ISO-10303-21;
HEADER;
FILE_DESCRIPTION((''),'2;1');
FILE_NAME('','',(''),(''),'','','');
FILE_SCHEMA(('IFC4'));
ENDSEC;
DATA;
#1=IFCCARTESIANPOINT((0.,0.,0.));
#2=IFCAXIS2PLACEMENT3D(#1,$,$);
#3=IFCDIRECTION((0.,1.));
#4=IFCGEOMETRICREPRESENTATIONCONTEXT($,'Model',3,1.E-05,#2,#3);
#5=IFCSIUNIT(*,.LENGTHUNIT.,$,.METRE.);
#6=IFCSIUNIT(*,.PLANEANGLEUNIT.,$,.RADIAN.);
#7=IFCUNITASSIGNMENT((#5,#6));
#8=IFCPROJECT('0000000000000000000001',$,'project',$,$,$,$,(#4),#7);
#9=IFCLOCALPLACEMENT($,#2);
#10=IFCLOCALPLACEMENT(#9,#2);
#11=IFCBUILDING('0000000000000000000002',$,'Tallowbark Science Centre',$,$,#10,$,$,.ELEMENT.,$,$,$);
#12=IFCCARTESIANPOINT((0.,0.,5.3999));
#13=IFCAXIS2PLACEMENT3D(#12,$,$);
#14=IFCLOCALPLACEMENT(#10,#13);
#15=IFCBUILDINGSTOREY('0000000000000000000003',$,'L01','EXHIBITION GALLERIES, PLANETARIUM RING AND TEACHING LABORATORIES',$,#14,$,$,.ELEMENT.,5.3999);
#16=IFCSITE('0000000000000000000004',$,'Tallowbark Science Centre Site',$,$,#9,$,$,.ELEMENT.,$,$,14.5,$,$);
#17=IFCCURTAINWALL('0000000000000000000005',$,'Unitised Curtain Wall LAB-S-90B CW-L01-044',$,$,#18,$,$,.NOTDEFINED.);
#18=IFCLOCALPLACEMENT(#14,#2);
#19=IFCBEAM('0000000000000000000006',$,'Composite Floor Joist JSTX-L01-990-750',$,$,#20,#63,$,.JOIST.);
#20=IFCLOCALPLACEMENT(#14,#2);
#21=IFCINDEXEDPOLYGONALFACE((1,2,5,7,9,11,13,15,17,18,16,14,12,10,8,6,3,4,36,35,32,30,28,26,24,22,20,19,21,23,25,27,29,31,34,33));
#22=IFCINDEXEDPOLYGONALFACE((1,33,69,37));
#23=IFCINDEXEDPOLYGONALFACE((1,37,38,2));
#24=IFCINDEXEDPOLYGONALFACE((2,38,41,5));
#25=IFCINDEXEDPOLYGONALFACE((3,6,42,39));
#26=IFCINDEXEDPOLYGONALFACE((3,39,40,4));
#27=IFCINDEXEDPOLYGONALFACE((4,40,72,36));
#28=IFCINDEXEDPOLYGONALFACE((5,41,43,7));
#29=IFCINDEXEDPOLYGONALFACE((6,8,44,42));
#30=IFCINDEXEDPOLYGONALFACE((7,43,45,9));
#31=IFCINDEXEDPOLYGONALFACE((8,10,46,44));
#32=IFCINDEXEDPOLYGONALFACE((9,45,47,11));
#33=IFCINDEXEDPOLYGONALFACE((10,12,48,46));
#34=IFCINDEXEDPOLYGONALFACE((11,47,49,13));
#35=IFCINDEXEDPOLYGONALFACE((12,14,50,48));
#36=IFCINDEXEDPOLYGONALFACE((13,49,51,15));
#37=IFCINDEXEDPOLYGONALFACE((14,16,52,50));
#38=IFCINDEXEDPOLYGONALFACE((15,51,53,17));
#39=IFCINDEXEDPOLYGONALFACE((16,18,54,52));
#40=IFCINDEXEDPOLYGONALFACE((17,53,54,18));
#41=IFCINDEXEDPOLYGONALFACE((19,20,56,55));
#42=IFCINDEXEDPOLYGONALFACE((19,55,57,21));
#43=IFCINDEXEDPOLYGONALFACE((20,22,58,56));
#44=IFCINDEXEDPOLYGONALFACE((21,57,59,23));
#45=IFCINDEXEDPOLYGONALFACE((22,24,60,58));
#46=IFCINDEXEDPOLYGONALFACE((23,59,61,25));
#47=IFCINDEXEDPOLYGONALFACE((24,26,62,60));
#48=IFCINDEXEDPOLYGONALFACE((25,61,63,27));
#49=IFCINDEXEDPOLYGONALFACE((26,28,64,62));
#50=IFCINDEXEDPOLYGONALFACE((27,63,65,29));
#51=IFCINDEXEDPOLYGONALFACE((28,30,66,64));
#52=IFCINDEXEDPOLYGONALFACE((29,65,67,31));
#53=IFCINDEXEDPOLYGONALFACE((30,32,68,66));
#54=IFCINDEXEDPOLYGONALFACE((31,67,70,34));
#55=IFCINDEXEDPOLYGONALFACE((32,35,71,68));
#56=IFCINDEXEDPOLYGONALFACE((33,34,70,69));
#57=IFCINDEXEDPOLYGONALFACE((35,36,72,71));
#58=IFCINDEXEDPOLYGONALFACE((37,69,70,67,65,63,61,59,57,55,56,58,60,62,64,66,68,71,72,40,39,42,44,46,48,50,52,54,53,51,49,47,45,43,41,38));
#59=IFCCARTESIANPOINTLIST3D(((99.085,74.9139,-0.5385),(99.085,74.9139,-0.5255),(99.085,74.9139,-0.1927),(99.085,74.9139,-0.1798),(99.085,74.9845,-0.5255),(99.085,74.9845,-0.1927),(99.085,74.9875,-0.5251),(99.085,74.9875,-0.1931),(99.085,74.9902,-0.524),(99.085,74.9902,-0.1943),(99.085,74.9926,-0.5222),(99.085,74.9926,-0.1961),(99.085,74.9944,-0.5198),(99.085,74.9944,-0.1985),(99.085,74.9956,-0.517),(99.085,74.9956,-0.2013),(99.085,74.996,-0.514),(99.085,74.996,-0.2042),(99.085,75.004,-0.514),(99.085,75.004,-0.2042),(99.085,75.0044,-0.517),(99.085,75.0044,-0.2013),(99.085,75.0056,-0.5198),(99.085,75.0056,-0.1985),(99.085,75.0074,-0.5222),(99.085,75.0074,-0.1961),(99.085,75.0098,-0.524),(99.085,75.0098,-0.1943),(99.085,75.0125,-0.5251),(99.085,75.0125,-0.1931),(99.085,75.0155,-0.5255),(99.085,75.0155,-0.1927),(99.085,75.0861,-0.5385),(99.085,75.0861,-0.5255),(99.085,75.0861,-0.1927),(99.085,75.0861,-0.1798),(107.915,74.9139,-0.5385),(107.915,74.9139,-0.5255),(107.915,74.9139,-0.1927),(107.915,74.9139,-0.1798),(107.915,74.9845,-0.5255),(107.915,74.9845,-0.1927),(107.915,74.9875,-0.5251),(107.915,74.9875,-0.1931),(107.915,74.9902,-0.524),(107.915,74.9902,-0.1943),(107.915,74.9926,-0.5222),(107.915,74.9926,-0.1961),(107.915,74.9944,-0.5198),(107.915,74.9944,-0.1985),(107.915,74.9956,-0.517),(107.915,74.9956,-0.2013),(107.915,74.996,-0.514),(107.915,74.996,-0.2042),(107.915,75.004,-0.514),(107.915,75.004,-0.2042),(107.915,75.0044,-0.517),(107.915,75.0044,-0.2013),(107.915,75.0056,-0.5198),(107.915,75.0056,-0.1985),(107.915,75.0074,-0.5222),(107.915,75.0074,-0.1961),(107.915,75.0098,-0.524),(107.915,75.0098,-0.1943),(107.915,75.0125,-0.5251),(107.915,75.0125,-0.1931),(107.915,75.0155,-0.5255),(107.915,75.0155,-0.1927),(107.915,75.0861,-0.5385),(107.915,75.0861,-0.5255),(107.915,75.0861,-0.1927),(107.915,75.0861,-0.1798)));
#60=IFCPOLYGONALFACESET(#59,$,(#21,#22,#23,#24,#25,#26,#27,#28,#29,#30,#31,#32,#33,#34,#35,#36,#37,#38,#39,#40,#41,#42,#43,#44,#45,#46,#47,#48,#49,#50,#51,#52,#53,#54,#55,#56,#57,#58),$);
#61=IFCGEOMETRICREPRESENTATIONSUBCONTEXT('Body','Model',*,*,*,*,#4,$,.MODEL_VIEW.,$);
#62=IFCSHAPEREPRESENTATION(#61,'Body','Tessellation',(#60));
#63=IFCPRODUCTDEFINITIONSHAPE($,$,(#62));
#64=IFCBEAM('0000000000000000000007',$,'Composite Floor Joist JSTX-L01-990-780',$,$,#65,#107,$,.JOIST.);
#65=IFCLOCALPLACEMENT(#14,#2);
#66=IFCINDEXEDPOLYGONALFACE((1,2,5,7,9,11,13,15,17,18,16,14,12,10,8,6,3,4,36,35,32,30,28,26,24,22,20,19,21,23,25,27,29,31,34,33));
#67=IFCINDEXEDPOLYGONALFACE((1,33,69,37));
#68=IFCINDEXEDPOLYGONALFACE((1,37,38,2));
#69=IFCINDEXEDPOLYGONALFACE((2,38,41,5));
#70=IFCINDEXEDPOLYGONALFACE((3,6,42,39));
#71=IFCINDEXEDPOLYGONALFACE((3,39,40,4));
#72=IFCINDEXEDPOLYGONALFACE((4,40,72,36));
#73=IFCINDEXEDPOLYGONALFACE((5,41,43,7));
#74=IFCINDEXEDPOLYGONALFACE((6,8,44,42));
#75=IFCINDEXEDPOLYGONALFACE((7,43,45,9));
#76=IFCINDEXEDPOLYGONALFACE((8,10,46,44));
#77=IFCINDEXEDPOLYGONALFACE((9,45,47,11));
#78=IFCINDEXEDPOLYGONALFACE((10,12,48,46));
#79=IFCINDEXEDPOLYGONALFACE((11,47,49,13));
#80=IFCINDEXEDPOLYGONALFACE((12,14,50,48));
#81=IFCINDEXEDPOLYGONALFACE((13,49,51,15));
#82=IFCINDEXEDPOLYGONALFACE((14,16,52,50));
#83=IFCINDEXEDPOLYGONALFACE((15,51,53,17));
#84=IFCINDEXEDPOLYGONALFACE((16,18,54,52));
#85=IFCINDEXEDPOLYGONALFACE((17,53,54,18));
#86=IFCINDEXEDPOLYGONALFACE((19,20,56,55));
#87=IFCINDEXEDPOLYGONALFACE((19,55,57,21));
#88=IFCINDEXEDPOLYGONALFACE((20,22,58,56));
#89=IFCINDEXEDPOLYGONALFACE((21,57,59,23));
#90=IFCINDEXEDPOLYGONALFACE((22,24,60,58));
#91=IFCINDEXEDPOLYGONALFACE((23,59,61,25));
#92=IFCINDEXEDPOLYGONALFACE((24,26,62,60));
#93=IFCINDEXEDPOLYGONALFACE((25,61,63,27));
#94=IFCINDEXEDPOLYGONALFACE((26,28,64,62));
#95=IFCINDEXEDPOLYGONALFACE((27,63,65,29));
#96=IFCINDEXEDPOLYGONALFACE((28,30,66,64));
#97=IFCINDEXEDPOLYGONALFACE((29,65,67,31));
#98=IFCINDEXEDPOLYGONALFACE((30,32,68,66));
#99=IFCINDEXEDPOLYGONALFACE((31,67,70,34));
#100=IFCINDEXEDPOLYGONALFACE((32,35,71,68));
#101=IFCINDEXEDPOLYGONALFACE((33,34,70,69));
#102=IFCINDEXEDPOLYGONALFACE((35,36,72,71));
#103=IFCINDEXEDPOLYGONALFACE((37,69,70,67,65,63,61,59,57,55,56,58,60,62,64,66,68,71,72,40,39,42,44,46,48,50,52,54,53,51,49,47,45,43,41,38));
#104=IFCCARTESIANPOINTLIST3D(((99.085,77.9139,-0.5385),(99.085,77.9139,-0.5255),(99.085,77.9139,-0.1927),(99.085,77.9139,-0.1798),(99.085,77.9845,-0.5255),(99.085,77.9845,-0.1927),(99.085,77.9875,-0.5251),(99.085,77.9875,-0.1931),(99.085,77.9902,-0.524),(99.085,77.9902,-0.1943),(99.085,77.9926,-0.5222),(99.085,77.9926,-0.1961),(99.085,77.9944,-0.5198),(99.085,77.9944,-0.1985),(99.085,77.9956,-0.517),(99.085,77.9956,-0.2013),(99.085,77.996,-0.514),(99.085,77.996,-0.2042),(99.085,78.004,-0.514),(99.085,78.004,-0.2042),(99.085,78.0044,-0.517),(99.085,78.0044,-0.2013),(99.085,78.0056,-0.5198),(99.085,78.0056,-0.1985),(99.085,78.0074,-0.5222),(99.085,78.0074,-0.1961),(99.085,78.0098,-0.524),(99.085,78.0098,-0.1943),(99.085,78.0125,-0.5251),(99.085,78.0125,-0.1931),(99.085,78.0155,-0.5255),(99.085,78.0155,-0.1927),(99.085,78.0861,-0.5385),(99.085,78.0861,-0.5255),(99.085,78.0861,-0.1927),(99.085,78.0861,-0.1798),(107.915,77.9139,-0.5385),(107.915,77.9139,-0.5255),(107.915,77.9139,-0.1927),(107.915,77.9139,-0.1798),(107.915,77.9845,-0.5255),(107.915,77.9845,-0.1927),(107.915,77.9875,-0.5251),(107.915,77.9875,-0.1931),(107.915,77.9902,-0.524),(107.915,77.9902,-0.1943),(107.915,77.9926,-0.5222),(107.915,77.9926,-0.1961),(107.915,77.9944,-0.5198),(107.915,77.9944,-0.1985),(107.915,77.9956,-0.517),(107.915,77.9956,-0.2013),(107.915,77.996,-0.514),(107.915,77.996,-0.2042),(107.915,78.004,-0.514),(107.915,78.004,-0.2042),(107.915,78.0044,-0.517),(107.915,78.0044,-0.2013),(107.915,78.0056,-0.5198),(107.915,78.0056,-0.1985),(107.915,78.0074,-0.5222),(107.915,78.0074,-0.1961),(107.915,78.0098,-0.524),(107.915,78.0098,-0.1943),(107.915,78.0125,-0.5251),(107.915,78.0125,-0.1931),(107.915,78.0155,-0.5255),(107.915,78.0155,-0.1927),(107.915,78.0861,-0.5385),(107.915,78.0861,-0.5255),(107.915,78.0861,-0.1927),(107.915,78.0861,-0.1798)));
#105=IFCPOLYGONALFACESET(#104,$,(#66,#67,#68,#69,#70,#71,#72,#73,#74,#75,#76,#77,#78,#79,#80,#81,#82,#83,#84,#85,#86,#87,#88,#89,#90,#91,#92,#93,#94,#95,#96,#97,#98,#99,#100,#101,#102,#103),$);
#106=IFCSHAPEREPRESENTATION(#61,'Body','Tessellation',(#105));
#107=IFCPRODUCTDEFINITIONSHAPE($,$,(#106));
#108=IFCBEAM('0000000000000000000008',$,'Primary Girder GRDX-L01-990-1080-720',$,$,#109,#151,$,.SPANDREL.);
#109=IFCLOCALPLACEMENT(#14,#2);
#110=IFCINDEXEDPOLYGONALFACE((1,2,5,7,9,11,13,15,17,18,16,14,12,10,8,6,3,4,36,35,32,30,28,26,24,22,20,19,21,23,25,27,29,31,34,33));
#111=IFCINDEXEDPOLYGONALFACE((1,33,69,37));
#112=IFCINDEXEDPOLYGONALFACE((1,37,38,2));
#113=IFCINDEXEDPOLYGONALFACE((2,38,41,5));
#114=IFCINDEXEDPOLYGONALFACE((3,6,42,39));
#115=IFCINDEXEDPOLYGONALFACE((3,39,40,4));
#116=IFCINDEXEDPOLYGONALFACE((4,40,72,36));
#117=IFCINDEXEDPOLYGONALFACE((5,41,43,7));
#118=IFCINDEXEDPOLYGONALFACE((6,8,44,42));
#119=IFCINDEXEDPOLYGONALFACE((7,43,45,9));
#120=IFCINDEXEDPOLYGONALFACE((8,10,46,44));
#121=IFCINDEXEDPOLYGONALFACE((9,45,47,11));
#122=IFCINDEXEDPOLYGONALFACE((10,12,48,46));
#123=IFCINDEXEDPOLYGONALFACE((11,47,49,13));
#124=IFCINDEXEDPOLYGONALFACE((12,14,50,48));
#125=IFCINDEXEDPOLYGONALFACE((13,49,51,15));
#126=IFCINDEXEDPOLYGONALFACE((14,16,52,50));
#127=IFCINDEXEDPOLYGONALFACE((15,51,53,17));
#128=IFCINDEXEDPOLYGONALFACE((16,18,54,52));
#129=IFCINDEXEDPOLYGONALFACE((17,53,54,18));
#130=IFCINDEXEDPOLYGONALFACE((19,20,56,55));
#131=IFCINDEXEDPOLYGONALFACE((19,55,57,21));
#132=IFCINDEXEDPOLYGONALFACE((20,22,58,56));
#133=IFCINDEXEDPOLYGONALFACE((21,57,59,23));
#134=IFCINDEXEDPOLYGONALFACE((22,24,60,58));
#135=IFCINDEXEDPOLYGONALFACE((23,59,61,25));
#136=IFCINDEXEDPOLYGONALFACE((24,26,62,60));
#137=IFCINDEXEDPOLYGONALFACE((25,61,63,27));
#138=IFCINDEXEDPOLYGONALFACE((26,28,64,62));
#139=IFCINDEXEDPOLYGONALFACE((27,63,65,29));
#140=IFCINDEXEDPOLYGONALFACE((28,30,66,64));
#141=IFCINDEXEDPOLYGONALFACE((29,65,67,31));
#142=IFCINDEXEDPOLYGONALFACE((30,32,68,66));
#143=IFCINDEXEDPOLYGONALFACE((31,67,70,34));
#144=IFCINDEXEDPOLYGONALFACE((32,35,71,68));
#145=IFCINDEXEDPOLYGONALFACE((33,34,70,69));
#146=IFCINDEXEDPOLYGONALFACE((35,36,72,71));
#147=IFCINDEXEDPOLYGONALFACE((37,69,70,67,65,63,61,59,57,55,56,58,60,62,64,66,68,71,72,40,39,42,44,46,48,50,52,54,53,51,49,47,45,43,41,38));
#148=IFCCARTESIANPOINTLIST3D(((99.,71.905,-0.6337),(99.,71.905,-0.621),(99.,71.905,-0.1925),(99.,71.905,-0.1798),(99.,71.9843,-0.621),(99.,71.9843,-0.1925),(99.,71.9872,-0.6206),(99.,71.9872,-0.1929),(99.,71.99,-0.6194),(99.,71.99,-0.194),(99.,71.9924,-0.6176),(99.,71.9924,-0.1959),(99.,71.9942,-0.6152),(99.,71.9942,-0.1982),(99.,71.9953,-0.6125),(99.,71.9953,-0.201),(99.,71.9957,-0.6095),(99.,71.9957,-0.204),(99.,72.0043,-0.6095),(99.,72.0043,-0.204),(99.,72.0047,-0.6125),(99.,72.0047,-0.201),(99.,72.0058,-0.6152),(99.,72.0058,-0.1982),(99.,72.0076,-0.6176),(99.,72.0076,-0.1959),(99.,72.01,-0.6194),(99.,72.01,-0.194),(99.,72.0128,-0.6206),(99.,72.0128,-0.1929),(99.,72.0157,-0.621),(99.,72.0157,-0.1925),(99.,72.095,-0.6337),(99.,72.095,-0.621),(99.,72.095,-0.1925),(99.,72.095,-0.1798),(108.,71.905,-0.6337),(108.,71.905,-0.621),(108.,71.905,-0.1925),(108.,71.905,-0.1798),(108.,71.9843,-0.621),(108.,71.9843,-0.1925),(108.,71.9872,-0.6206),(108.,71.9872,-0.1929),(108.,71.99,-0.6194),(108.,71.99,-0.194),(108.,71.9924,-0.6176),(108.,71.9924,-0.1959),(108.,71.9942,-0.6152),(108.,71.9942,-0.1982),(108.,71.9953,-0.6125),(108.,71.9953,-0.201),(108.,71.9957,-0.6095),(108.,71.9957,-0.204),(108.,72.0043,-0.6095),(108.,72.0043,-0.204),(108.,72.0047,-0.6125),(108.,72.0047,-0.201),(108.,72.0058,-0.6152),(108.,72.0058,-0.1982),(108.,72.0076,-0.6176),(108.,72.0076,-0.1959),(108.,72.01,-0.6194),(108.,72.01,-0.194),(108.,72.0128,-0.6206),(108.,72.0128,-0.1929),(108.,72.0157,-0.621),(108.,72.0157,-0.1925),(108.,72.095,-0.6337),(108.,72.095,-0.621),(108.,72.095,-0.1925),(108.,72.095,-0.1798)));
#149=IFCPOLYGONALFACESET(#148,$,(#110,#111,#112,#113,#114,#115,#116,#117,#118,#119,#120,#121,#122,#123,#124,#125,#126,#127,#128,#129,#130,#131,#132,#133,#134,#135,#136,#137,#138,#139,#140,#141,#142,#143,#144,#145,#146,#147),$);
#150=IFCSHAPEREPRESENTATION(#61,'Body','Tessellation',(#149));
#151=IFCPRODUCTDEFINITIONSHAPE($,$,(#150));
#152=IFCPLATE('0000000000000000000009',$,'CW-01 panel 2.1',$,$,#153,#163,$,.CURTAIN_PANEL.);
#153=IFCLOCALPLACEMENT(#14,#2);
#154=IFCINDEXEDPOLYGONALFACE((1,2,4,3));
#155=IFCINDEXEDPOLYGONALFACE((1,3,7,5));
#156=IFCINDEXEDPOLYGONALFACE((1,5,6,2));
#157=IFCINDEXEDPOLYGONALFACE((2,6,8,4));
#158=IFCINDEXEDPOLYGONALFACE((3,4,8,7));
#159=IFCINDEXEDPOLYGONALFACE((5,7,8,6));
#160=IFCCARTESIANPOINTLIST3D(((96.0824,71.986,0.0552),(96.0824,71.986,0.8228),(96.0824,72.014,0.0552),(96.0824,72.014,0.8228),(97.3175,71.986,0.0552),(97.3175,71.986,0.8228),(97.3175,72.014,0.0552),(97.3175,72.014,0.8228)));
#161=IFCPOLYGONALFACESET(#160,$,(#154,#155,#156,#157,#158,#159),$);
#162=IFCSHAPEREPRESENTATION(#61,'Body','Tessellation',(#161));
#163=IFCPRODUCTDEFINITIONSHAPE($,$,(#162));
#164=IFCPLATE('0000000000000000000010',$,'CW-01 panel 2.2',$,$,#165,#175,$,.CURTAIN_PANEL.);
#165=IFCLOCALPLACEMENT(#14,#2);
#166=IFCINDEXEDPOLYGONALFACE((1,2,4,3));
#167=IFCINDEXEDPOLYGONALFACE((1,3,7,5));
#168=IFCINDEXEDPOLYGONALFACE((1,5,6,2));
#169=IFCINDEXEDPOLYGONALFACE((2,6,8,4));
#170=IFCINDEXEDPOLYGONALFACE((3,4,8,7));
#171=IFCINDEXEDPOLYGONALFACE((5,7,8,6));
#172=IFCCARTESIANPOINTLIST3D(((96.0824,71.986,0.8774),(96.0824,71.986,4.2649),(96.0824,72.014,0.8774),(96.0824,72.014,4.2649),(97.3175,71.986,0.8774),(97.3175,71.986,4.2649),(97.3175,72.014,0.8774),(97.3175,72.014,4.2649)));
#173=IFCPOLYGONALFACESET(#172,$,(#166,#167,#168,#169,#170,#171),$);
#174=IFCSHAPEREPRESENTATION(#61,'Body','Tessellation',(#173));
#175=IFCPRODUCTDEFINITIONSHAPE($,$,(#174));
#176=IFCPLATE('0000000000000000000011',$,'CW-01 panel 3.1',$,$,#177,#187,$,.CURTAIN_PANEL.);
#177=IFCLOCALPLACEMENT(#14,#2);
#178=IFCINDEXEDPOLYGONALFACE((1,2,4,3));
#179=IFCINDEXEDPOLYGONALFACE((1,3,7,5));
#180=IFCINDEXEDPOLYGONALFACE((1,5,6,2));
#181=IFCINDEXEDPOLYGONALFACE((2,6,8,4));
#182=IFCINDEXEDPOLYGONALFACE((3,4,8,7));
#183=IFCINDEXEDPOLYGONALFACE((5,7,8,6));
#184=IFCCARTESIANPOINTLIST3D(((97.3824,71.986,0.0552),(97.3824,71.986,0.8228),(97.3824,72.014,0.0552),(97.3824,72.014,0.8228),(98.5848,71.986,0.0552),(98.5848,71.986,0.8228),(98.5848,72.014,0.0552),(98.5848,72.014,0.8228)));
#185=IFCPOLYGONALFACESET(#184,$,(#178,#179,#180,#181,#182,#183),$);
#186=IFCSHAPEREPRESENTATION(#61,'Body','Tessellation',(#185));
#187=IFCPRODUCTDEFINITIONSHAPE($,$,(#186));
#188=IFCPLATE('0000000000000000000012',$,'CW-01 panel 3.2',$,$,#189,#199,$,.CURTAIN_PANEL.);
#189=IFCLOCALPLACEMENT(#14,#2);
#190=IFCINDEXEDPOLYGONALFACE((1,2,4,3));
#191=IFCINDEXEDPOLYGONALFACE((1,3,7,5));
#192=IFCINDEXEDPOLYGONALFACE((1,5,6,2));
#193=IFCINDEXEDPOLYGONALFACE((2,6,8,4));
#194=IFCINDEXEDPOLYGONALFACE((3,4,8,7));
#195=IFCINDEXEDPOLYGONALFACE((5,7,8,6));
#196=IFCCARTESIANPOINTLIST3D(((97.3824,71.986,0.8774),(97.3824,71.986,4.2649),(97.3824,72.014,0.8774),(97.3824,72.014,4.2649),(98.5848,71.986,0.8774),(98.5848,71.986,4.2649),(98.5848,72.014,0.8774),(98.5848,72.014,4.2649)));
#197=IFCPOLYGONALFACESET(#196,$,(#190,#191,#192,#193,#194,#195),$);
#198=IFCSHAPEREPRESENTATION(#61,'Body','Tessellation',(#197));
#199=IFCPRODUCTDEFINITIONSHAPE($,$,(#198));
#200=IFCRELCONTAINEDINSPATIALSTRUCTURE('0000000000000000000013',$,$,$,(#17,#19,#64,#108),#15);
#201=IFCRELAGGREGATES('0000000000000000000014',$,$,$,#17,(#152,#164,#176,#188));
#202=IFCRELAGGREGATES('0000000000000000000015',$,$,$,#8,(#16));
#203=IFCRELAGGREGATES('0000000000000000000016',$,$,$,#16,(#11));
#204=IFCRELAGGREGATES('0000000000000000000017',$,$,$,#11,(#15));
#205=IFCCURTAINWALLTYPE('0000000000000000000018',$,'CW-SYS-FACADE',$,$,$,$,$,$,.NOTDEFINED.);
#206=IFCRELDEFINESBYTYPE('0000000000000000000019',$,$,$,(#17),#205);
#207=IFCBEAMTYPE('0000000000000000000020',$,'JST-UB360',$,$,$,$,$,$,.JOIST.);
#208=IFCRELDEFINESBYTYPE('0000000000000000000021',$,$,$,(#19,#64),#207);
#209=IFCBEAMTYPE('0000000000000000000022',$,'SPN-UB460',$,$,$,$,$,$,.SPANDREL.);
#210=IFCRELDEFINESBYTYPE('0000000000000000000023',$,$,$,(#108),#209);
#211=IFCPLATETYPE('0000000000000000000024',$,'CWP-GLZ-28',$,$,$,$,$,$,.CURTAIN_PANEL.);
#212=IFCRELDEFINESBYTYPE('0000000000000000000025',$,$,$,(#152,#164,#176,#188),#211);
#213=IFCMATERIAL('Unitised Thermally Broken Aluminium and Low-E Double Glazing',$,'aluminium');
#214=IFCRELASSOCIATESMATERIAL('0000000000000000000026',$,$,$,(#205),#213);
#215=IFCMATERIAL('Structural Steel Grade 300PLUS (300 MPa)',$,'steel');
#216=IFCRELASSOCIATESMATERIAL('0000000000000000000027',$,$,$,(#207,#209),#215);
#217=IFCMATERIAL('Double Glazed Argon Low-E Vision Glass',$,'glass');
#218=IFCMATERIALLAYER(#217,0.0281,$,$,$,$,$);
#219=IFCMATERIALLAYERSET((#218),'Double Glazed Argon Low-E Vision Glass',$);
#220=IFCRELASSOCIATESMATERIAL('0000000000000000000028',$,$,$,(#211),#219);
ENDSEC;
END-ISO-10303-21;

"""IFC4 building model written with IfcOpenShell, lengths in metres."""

from ifc_helpers import new_model, si_unit, direction, frame, origin, origin_2d, place, context, subcontext, project, spatial, rectangle, i_section, extrude, material, layer, layer_set, material_profile, profile_set, type_object, element, aggregate, save


model = new_model("IFC4")

# Units and contexts
model_context = context("Model", 3, precision=1e-05, world=origin(), true_north=direction((0.0, 1.0)))
body_context = subcontext(model_context, "Body", "Model", "MODEL_VIEW")
ifc_project = project(units=[si_unit("LENGTHUNIT", "METRE"), si_unit("PLANEANGLEUNIT", "RADIAN")], contexts=[model_context])

# Site, building, storey
site_placement = place(None, origin())
site = spatial("IfcSite", under=ifc_project, at=site_placement, Name="Tallowbark Science Centre Site", CompositionType="ELEMENT", RefElevation=14.5)
building_placement = place(site_placement, origin())
building = spatial("IfcBuilding", under=site, at=building_placement, Name="Tallowbark Science Centre", CompositionType="ELEMENT")
storey_placement = place(building_placement, frame((0.0, 0.0, 5.3999)))
storey = spatial("IfcBuildingStorey", under=building, at=storey_placement, Name="L01", Description="EXHIBITION GALLERIES, PLANETARIUM RING AND TEACHING LABORATORIES", CompositionType="ELEMENT", Elevation=5.3999)

# Shared definitions
ifc_material_1 = material(Name="Structural Steel Grade 300PLUS (300 MPa)", Category="steel")

# Curtain wall
ifc_material_2 = material(Name="Unitised Thermally Broken Aluminium and Low-E Double Glazing", Category="aluminium")
curtain_wall_type = type_object("IfcCurtainWallType", Name="CW-SYS-FACADE", PredefinedType="NOTDEFINED", material=ifc_material_2)
curtain_wall_placement = place(storey_placement, origin())
curtain_wall = element("IfcCurtainWall", 1, at=curtain_wall_placement, inside=storey, type_object=curtain_wall_type, Name="Unitised Curtain Wall LAB-S-90B CW-L01-044", PredefinedType="NOTDEFINED")

# Beams
ifc_material_profile_1 = material_profile(ifc_material_1, i_section(OverallWidth=0.1721, OverallDepth=0.3586, WebThickness=0.0081, FlangeThickness=0.0129, FilletRadius=0.0115, at=origin_2d()), Name="360UB56.7")
ifc_profile_set_1 = profile_set([ifc_material_profile_1], Name="Structural Steel Grade 300PLUS (300 MPa)")
beam_type_1 = type_object("IfcBeamType", Name="JST-UB360", PredefinedType="JOIST", material=ifc_profile_set_1)
for number, where, z_axis, x_axis, name in (
    (2, (99.085, 75.0, -0.3591), (1.0, 0.0, 0.0), (0.0, 1.0, 0.0), "Composite Floor Joist JSTX-L01-990-750"),
    (3, (99.085, 78.0, -0.3591), (1.0, 0.0, 0.0), (0.0, 1.0, 0.0), "Composite Floor Joist JSTX-L01-990-780"),
):
    element("IfcBeam", number, at=place(storey_placement, frame(where, z_axis=z_axis, x_axis=x_axis)), inside=storey, type_object=beam_type_1, Name=name, PredefinedType="JOIST", context=body_context, shape_type="SweptSolid", body=[
        extrude(i_section(OverallWidth=0.1721, OverallDepth=0.3586, WebThickness=0.0081, FlangeThickness=0.0129, FilletRadius=0.0115, at=origin_2d()), origin(), (0.0, 0.0, 1.0), 8.8301),
    ])
ifc_material_profile_2 = material_profile(ifc_material_1, i_section(OverallWidth=0.1899, OverallDepth=0.4539, WebThickness=0.0085, FlangeThickness=0.0127, FilletRadius=0.0115, at=origin_2d()), Name="460UB67.1")
ifc_profile_set_2 = profile_set([ifc_material_profile_2], Name="Structural Steel Grade 300PLUS (300 MPa)")
beam_type_2 = type_object("IfcBeamType", Name="SPN-UB460", PredefinedType="SPANDREL", material=ifc_profile_set_2)
beam_1_placement = place(storey_placement, frame((99.0, 72.0, -0.4067), z_axis=(1.0, 0.0, 0.0), x_axis=(0.0, 1.0, 0.0)))
element("IfcBeam", 4, at=beam_1_placement, inside=storey, type_object=beam_type_2, Name="Primary Girder GRDX-L01-990-1080-720", PredefinedType="SPANDREL", context=body_context, shape_type="SweptSolid", body=[
    extrude(i_section(OverallWidth=0.1899, OverallDepth=0.4539, WebThickness=0.0085, FlangeThickness=0.0127, FilletRadius=0.0115, at=origin_2d()), origin(), (0.0, 0.0, 1.0), 9.0),
])

# Plates
ifc_material_3 = material(Name="Double Glazed Argon Low-E Vision Glass", Category="glass")
ifc_layer_1 = layer(ifc_material_3, 0.0281)
ifc_layer_set_1 = layer_set([ifc_layer_1], Name="Double Glazed Argon Low-E Vision Glass")
plate_type = type_object("IfcPlateType", Name="CWP-GLZ-28", PredefinedType="CURTAIN_PANEL", material=ifc_layer_set_1)
plate_1_placement = place(storey_placement, frame((96.7, 72.0, 0.0552), z_axis=(0.0, 0.0, 1.0), x_axis=(1.0, 0.0, 0.0)))
plate_1 = element("IfcPlate", 5, at=plate_1_placement, type_object=plate_type, Name="CW-01 panel 2.1", PredefinedType="CURTAIN_PANEL", context=body_context, shape_type="SweptSolid", body=[
    extrude(rectangle(XDim=1.2351, YDim=0.0281, at=origin_2d()), origin(), (0.0, 0.0, 1.0), 0.7676),
])
plate_2_placement = place(storey_placement, frame((96.7, 72.0, 0.8774), z_axis=(0.0, 0.0, 1.0), x_axis=(1.0, 0.0, 0.0)))
plate_2 = element("IfcPlate", 6, at=plate_2_placement, type_object=plate_type, Name="CW-01 panel 2.2", PredefinedType="CURTAIN_PANEL", context=body_context, shape_type="SweptSolid", body=[
    extrude(rectangle(XDim=1.2351, YDim=0.0281, at=origin_2d()), origin(), (0.0, 0.0, 1.0), 3.3875),
])
plate_3_placement = place(storey_placement, frame((97.9836, 72.0, 0.0552), z_axis=(0.0, 0.0, 1.0), x_axis=(1.0, 0.0, 0.0)))
plate_3 = element("IfcPlate", 7, at=plate_3_placement, type_object=plate_type, Name="CW-01 panel 3.1", PredefinedType="CURTAIN_PANEL", context=body_context, shape_type="SweptSolid", body=[
    extrude(rectangle(XDim=1.2024, YDim=0.0281, at=origin_2d()), origin(), (0.0, 0.0, 1.0), 0.7676),
])
plate_4_placement = place(storey_placement, frame((97.9836, 72.0, 0.8774), z_axis=(0.0, 0.0, 1.0), x_axis=(1.0, 0.0, 0.0)))
plate_4 = element("IfcPlate", 8, at=plate_4_placement, type_object=plate_type, Name="CW-01 panel 3.2", PredefinedType="CURTAIN_PANEL", context=body_context, shape_type="SweptSolid", body=[
    extrude(rectangle(XDim=1.2024, YDim=0.0281, at=origin_2d()), origin(), (0.0, 0.0, 1.0), 3.3875),
])
aggregate(curtain_wall, [plate_1, plate_2, plate_3, plate_4])

save(model, "model.ifc")
